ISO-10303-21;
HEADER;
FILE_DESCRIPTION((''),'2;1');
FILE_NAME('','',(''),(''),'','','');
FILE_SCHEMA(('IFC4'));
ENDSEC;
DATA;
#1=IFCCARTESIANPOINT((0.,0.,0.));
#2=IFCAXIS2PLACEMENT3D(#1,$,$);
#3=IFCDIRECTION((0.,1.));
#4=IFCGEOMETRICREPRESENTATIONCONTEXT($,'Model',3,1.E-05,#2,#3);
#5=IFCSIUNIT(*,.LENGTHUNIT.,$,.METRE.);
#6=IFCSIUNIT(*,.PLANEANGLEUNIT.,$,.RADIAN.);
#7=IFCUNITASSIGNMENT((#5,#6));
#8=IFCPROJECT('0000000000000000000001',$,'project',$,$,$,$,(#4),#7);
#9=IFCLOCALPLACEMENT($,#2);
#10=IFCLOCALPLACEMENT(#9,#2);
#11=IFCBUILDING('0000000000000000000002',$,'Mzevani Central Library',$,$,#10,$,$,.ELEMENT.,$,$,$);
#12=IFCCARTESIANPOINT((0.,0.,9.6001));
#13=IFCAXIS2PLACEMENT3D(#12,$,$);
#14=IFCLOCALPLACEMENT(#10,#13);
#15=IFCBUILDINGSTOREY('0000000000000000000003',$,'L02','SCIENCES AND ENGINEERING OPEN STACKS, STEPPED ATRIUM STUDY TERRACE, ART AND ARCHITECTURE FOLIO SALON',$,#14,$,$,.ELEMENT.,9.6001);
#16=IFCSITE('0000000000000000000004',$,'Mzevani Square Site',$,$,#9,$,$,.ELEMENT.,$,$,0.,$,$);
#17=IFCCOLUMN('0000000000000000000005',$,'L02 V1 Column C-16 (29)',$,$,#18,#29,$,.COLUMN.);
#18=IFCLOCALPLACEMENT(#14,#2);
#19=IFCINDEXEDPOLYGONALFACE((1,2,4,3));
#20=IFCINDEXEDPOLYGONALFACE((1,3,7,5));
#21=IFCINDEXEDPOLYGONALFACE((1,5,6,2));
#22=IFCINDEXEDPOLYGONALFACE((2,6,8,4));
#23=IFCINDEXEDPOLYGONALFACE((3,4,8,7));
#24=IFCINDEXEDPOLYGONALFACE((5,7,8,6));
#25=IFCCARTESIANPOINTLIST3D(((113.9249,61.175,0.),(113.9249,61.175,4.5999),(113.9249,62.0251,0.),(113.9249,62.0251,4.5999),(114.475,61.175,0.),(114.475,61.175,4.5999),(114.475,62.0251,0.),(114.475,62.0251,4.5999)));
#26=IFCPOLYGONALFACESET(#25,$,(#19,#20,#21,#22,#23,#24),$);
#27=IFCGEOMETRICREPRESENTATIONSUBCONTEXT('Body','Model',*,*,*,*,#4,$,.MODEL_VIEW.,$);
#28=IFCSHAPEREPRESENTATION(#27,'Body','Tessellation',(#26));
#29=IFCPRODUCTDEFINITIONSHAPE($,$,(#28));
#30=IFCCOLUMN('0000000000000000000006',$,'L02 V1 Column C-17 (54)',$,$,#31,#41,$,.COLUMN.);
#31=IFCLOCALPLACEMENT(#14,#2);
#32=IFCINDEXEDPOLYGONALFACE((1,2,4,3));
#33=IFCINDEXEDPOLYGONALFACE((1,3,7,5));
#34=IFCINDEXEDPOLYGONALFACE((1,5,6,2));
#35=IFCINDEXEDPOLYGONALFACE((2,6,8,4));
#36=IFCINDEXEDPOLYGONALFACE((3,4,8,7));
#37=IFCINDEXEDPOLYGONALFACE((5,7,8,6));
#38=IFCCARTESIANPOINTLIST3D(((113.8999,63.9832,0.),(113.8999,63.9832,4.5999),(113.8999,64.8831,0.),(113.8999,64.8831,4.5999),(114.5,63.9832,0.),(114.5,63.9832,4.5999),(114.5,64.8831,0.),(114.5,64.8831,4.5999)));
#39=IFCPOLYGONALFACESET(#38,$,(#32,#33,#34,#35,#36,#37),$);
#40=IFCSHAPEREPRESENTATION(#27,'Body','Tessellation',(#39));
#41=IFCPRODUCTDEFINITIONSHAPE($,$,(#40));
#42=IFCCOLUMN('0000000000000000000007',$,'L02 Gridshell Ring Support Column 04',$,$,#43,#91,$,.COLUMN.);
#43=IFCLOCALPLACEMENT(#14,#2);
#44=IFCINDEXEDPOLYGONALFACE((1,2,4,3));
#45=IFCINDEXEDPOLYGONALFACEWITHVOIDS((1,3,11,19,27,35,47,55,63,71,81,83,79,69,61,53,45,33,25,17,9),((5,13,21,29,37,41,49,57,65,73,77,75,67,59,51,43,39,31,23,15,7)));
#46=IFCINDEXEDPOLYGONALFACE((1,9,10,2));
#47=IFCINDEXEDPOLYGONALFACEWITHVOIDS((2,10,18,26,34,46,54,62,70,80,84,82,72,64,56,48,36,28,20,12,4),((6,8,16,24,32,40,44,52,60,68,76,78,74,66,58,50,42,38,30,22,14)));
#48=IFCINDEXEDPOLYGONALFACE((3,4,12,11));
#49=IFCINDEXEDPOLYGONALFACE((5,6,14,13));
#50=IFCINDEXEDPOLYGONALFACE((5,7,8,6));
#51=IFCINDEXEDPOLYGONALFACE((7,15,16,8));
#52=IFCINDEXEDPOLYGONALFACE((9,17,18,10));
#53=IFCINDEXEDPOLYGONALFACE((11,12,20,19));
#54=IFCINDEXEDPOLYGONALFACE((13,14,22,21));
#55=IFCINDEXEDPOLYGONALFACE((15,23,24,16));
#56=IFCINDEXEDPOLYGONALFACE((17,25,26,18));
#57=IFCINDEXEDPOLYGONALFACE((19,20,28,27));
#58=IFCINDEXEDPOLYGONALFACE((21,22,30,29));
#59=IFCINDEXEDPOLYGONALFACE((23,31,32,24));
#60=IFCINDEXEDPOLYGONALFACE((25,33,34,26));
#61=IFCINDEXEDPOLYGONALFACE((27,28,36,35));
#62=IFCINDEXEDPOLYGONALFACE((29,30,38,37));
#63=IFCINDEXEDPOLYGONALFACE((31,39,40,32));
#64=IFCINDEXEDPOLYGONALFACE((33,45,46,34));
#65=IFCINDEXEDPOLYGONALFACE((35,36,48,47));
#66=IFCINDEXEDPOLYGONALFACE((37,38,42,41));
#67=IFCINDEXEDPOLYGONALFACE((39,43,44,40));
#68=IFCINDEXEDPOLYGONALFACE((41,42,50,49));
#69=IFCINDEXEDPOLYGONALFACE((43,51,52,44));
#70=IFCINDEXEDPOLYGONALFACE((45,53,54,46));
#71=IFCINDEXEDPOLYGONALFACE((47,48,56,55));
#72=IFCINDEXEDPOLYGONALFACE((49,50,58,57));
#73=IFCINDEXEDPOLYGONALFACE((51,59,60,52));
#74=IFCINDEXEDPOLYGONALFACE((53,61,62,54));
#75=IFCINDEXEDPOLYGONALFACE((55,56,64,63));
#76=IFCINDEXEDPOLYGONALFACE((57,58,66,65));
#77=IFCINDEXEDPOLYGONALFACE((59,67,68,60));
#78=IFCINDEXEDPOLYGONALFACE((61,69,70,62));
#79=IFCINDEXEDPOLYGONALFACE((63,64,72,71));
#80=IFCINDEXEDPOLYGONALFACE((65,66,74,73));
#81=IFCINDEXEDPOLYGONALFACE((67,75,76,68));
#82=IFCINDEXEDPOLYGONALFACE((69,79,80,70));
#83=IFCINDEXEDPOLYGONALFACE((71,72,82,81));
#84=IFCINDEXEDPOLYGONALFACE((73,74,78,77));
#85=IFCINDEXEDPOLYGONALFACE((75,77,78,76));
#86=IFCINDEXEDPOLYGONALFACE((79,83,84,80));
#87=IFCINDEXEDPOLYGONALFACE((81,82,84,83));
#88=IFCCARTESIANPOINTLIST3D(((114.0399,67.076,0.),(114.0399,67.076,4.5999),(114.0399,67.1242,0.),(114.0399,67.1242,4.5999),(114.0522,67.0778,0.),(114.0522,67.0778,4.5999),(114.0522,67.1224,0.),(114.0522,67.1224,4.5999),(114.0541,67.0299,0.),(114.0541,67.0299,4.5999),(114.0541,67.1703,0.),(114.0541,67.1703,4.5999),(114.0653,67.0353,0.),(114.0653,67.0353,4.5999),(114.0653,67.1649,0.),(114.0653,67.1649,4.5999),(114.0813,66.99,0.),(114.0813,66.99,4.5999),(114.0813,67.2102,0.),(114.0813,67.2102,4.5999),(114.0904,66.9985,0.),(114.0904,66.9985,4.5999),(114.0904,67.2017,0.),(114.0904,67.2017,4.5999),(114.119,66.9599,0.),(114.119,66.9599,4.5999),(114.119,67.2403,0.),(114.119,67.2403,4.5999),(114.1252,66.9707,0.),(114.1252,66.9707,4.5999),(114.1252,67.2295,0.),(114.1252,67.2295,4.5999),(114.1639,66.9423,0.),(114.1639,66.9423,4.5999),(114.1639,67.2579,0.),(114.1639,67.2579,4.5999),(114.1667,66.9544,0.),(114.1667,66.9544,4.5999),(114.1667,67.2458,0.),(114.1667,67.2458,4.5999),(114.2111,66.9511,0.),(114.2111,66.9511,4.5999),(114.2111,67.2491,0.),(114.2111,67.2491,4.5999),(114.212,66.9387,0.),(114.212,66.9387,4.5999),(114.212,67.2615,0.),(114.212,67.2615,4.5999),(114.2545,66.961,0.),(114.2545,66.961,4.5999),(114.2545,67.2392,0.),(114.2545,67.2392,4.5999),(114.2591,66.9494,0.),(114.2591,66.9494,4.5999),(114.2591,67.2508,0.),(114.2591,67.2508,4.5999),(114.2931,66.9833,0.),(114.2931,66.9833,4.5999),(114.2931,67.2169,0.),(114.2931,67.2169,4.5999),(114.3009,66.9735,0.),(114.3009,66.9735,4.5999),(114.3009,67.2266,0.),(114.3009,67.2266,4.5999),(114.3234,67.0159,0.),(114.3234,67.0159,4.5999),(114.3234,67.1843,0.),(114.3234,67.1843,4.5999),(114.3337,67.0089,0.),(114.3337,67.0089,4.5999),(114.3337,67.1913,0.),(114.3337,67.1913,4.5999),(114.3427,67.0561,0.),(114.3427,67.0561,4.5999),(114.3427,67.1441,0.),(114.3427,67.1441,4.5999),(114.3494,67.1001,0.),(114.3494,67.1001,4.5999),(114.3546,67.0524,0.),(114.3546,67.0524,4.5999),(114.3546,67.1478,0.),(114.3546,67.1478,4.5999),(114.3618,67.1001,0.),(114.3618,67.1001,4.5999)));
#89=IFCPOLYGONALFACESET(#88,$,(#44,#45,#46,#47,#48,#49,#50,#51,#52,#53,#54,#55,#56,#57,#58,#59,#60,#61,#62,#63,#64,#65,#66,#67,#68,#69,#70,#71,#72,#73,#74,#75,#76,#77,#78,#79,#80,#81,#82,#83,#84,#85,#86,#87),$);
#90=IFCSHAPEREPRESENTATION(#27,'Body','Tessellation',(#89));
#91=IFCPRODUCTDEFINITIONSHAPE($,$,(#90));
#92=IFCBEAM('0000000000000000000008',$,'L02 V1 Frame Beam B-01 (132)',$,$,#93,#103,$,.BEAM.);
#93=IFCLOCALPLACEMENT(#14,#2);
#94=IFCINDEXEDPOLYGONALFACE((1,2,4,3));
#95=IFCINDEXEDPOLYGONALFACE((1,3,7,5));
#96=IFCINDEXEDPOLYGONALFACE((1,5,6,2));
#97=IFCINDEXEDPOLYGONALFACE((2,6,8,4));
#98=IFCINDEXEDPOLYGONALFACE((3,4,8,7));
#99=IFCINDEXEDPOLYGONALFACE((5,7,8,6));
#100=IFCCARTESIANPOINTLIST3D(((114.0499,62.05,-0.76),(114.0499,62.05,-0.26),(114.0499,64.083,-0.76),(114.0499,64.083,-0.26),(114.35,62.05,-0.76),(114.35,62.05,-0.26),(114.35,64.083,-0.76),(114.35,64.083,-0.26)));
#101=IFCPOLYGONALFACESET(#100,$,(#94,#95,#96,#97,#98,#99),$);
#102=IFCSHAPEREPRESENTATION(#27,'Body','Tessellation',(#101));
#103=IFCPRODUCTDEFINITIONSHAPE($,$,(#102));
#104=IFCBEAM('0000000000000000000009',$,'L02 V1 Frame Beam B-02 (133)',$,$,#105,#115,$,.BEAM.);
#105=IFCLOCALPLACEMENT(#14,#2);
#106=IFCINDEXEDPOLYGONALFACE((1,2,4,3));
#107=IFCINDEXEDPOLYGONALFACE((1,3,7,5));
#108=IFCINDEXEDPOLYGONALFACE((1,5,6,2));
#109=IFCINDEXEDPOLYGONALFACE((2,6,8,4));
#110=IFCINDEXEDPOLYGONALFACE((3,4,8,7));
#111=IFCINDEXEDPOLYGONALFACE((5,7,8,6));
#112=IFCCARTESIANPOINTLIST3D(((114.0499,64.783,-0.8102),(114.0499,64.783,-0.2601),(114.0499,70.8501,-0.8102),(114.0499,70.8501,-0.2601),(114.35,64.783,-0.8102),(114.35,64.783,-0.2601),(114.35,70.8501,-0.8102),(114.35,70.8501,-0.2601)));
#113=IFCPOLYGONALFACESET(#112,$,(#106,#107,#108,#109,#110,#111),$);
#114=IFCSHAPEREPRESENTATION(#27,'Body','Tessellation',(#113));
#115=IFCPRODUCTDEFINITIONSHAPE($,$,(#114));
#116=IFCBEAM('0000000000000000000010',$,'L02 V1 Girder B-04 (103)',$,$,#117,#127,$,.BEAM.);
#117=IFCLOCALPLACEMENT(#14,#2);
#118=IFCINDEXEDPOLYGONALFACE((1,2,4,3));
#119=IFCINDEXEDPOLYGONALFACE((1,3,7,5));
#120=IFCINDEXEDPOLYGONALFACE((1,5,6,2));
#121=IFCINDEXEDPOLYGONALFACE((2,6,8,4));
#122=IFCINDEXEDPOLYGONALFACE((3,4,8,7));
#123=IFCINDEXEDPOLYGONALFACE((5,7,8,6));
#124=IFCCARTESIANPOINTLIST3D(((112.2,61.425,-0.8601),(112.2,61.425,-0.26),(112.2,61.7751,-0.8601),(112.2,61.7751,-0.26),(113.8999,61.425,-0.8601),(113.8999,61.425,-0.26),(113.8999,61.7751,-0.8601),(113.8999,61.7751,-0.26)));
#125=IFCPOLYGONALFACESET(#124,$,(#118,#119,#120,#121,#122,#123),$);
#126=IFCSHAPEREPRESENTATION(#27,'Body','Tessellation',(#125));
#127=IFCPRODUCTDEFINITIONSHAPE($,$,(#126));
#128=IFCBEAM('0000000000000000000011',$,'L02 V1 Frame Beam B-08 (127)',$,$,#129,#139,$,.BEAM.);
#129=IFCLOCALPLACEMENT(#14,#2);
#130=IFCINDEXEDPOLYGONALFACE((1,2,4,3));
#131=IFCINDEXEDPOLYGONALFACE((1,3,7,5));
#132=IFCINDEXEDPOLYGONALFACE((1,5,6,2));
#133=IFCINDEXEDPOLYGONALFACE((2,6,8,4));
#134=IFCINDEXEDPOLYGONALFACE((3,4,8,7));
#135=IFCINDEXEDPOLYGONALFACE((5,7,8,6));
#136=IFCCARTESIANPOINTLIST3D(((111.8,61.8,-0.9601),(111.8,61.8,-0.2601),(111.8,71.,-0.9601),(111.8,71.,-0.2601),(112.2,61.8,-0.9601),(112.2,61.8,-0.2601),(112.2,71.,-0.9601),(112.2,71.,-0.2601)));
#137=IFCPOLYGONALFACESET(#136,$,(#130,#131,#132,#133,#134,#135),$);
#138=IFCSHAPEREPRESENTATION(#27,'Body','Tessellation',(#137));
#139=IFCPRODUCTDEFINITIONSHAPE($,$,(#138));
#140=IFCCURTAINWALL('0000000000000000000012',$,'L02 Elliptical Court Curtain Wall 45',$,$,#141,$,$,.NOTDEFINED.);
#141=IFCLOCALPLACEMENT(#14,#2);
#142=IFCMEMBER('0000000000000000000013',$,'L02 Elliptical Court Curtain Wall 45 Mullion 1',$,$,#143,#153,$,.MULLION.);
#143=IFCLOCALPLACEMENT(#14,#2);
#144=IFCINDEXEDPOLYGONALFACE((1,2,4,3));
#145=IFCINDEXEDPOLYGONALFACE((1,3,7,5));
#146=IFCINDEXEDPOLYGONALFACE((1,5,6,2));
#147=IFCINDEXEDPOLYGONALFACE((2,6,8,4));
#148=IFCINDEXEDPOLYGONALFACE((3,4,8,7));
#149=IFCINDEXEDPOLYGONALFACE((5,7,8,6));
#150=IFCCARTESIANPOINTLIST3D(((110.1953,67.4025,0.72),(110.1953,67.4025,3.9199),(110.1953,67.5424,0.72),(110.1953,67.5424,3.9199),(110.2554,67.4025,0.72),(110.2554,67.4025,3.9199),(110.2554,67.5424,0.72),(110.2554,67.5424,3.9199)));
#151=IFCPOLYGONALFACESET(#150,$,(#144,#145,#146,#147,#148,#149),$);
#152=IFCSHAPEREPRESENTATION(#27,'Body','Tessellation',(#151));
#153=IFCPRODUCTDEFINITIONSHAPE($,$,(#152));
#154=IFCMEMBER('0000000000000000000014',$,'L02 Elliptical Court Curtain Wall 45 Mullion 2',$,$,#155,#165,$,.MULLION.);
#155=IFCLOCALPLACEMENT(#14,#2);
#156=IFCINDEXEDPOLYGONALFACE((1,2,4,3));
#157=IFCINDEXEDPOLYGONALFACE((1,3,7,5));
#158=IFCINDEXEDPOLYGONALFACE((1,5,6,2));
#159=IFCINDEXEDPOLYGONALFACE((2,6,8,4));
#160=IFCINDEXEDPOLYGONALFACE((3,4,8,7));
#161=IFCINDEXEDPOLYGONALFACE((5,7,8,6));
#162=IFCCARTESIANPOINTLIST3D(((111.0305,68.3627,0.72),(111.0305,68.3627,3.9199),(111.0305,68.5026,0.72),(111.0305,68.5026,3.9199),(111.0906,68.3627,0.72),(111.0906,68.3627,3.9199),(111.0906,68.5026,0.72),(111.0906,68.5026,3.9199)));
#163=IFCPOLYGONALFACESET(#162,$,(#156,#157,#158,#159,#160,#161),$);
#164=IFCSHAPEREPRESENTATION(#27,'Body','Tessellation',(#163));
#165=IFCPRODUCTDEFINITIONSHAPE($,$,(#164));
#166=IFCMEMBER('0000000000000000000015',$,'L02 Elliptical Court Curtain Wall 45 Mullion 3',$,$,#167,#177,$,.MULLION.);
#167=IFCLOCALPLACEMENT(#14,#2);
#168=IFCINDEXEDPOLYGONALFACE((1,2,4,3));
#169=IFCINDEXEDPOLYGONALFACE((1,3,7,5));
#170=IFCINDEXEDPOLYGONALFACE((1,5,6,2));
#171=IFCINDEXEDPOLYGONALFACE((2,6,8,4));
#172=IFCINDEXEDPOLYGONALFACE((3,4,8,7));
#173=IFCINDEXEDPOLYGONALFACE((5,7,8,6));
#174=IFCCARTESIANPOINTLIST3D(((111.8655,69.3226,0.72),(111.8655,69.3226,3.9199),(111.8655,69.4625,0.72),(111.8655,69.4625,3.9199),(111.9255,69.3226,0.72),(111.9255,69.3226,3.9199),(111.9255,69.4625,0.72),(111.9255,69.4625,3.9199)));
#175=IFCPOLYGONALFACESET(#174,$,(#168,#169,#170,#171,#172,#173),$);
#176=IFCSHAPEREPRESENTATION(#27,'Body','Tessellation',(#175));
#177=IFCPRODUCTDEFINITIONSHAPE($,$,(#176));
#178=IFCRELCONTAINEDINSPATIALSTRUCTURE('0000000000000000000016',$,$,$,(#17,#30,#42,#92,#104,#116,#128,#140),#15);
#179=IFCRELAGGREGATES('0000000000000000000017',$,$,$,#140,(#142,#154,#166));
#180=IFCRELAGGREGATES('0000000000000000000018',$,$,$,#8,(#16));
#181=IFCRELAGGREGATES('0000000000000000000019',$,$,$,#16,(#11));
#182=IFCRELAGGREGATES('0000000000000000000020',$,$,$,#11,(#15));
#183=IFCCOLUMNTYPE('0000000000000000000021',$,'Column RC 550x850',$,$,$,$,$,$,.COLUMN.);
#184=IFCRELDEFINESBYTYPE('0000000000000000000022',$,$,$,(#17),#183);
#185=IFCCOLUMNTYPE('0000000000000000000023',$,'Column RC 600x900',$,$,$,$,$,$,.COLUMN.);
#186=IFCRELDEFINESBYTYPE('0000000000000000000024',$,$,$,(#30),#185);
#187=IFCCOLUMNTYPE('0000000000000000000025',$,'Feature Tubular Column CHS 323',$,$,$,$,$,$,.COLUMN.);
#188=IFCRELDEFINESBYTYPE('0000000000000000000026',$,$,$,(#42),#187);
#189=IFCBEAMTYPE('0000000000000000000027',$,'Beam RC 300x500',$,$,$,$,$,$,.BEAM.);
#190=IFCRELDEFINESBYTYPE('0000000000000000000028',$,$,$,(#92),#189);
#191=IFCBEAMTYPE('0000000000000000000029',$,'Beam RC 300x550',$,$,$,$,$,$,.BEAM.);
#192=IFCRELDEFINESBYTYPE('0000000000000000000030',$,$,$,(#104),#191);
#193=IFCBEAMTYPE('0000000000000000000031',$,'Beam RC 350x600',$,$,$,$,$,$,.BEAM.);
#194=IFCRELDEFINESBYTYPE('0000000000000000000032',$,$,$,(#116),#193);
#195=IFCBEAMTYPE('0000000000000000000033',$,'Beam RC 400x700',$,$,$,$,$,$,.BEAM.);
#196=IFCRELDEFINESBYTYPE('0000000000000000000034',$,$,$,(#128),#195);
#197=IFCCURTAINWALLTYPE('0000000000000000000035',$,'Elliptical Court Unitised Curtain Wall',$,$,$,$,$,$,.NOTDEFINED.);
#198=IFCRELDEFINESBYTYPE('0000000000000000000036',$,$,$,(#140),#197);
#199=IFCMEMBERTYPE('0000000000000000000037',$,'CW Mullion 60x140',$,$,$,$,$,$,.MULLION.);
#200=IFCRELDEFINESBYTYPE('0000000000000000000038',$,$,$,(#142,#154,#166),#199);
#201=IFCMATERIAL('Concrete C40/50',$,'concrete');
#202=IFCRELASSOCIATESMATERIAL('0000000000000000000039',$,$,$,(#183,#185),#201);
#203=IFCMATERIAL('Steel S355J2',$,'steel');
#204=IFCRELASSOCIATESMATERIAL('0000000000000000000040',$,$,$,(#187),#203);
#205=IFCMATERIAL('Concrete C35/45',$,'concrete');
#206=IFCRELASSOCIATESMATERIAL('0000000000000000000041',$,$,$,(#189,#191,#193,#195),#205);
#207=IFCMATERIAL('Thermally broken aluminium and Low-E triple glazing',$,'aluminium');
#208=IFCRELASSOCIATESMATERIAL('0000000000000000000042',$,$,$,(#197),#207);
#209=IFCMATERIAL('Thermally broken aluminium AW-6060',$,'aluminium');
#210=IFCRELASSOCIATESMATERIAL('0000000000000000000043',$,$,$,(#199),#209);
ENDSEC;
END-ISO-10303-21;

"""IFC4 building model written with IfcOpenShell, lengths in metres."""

from ifc_helpers import new_model, si_unit, direction, frame, origin, origin_2d, place, context, subcontext, project, spatial, rectangle, hollow_circle, extrude, material, material_profile, profile_set, type_object, element, aggregate, save


model = new_model("IFC4")

# Units and contexts
model_context = context("Model", 3, precision=1e-05, world=origin(), true_north=direction((0.0, 1.0)))
body_context = subcontext(model_context, "Body", "Model", "MODEL_VIEW")
ifc_project = project(units=[si_unit("LENGTHUNIT", "METRE"), si_unit("PLANEANGLEUNIT", "RADIAN")], contexts=[model_context])

# Site, building, storey
site_placement = place(None, origin())
site = spatial("IfcSite", under=ifc_project, at=site_placement, Name="Mzevani Square Site", CompositionType="ELEMENT", RefElevation=0.0)
building_placement = place(site_placement, origin())
building = spatial("IfcBuilding", under=site, at=building_placement, Name="Mzevani Central Library", CompositionType="ELEMENT")
storey_placement = place(building_placement, frame((0.0, 0.0, 9.6001)))
storey = spatial("IfcBuildingStorey", under=building, at=storey_placement, Name="L02", Description="SCIENCES AND ENGINEERING OPEN STACKS, STEPPED ATRIUM STUDY TERRACE, ART AND ARCHITECTURE FOLIO SALON", CompositionType="ELEMENT", Elevation=9.6001)

# Columns
ifc_material_1 = material(Name="Concrete C40/50", Category="concrete")
ifc_material_profile_1 = material_profile(ifc_material_1, rectangle(XDim=0.55, YDim=0.8501, at=origin_2d()), Name="RC 550x850")
ifc_profile_set_1 = profile_set([ifc_material_profile_1], Name="Concrete C40/50")
column_type_1 = type_object("IfcColumnType", Name="Column RC 550x850", PredefinedType="COLUMN", material=ifc_profile_set_1)
column_1_placement = place(storey_placement, frame((114.2, 61.6001, 0.0), z_axis=(0.0, 0.0, 1.0), x_axis=(1.0, 0.0, 0.0)))
element("IfcColumn", 1, at=column_1_placement, inside=storey, type_object=column_type_1, Name="L02 V1 Column C-16 (29)", PredefinedType="COLUMN", context=body_context, shape_type="SweptSolid", body=[
    extrude(rectangle(XDim=0.55, YDim=0.8501, at=origin_2d()), origin(), (0.0, 0.0, 1.0), 4.5999),
])
ifc_material_profile_2 = material_profile(ifc_material_1, rectangle(XDim=0.6001, YDim=0.8999, at=origin_2d()), Name="RC 600x900")
ifc_profile_set_2 = profile_set([ifc_material_profile_2], Name="Concrete C40/50")
column_type_2 = type_object("IfcColumnType", Name="Column RC 600x900", PredefinedType="COLUMN", material=ifc_profile_set_2)
column_2_placement = place(storey_placement, frame((114.2, 64.4331, 0.0), z_axis=(0.0, 0.0, 1.0), x_axis=(1.0, 0.0, 0.0)))
element("IfcColumn", 2, at=column_2_placement, inside=storey, type_object=column_type_2, Name="L02 V1 Column C-17 (54)", PredefinedType="COLUMN", context=body_context, shape_type="SweptSolid", body=[
    extrude(rectangle(XDim=0.6001, YDim=0.8999, at=origin_2d()), origin(), (0.0, 0.0, 1.0), 4.5999),
])
ifc_material_2 = material(Name="Steel S355J2", Category="steel")
ifc_material_profile_3 = material_profile(ifc_material_2, hollow_circle(Radius=0.1619, WallThickness=0.0125, at=origin_2d()), Name="CHS 323.9x12.5")
ifc_profile_set_3 = profile_set([ifc_material_profile_3], Name="Steel S355J2")
column_type_3 = type_object("IfcColumnType", Name="Feature Tubular Column CHS 323", PredefinedType="COLUMN", material=ifc_profile_set_3)
column_3_placement = place(storey_placement, frame((114.2, 67.1001, 0.0), z_axis=(0.0, 0.0, 1.0), x_axis=(1.0, 0.0, 0.0)))
element("IfcColumn", 3, at=column_3_placement, inside=storey, type_object=column_type_3, Name="L02 Gridshell Ring Support Column 04", PredefinedType="COLUMN", context=body_context, shape_type="SweptSolid", body=[
    extrude(hollow_circle(Radius=0.1619, WallThickness=0.0125, at=origin_2d()), origin(), (0.0, 0.0, 1.0), 4.5999),
])

# Beams
ifc_material_3 = material(Name="Concrete C35/45", Category="concrete")
ifc_material_profile_4 = material_profile(ifc_material_3, rectangle(XDim=0.3, YDim=0.5, at=origin_2d()), Name="RC B300x500")
ifc_profile_set_4 = profile_set([ifc_material_profile_4], Name="Concrete C35/45")
beam_type_1 = type_object("IfcBeamType", Name="Beam RC 300x500", PredefinedType="BEAM", material=ifc_profile_set_4)
beam_1_placement = place(storey_placement, frame((114.2, 62.05, -0.51), z_axis=(0.0, 1.0, 0.0), x_axis=(-1.0, 0.0, 0.0)))
element("IfcBeam", 4, at=beam_1_placement, inside=storey, type_object=beam_type_1, Name="L02 V1 Frame Beam B-01 (132)", PredefinedType="BEAM", context=body_context, shape_type="SweptSolid", body=[
    extrude(rectangle(XDim=0.3, YDim=0.5, at=origin_2d()), origin(), (0.0, 0.0, 1.0), 2.033),
])
ifc_material_profile_5 = material_profile(ifc_material_3, rectangle(XDim=0.3, YDim=0.55, at=origin_2d()), Name="RC B300x550")
ifc_profile_set_5 = profile_set([ifc_material_profile_5], Name="Concrete C35/45")
beam_type_2 = type_object("IfcBeamType", Name="Beam RC 300x550", PredefinedType="BEAM", material=ifc_profile_set_5)
beam_2_placement = place(storey_placement, frame((114.2, 64.783, -0.5352), z_axis=(0.0, 1.0, 0.0), x_axis=(-1.0, 0.0, 0.0)))
element("IfcBeam", 5, at=beam_2_placement, inside=storey, type_object=beam_type_2, Name="L02 V1 Frame Beam B-02 (133)", PredefinedType="BEAM", context=body_context, shape_type="SweptSolid", body=[
    extrude(rectangle(XDim=0.3, YDim=0.55, at=origin_2d()), origin(), (0.0, 0.0, 1.0), 6.0671),
])
ifc_material_profile_6 = material_profile(ifc_material_3, rectangle(XDim=0.3501, YDim=0.6001, at=origin_2d()), Name="RC B350x600")
ifc_profile_set_6 = profile_set([ifc_material_profile_6], Name="Concrete C35/45")
beam_type_3 = type_object("IfcBeamType", Name="Beam RC 350x600", PredefinedType="BEAM", material=ifc_profile_set_6)
beam_3_placement = place(storey_placement, frame((112.2, 61.6001, -0.5601), z_axis=(1.0, 0.0, 0.0), x_axis=(0.0, 1.0, 0.0)))
element("IfcBeam", 6, at=beam_3_placement, inside=storey, type_object=beam_type_3, Name="L02 V1 Girder B-04 (103)", PredefinedType="BEAM", context=body_context, shape_type="SweptSolid", body=[
    extrude(rectangle(XDim=0.3501, YDim=0.6001, at=origin_2d()), origin(), (0.0, 0.0, 1.0), 1.7),
])
ifc_material_profile_7 = material_profile(ifc_material_3, rectangle(XDim=0.3999, YDim=0.7, at=origin_2d()), Name="RC B400x700")
ifc_profile_set_7 = profile_set([ifc_material_profile_7], Name="Concrete C35/45")
beam_type_4 = type_object("IfcBeamType", Name="Beam RC 400x700", PredefinedType="BEAM", material=ifc_profile_set_7)
beam_4_placement = place(storey_placement, frame((112.0, 61.8, -0.6101), z_axis=(0.0, 1.0, 0.0), x_axis=(-1.0, 0.0, 0.0)))
element("IfcBeam", 7, at=beam_4_placement, inside=storey, type_object=beam_type_4, Name="L02 V1 Frame Beam B-08 (127)", PredefinedType="BEAM", context=body_context, shape_type="SweptSolid", body=[
    extrude(rectangle(XDim=0.3999, YDim=0.7, at=origin_2d()), origin(), (0.0, 0.0, 1.0), 9.2),
])

# Curtain wall, members
ifc_material_4 = material(Name="Thermally broken aluminium and Low-E triple glazing", Category="aluminium")
curtain_wall_type_1 = type_object("IfcCurtainWallType", Name="Elliptical Court Unitised Curtain Wall", PredefinedType="NOTDEFINED", material=ifc_material_4)
curtain_wall_1_placement = place(storey_placement, origin())
curtain_wall_1 = element("IfcCurtainWall", 8, at=curtain_wall_1_placement, inside=storey, type_object=curtain_wall_type_1, Name="L02 Elliptical Court Curtain Wall 45", PredefinedType="NOTDEFINED")
ifc_material_5 = material(Name="Thermally broken aluminium AW-6060", Category="aluminium")
ifc_material_profile_8 = material_profile(ifc_material_5, rectangle(XDim=0.0601, YDim=0.1399, at=origin_2d()), Name="ALU M60x140")
ifc_profile_set_8 = profile_set([ifc_material_profile_8], Name="Thermally broken aluminium AW-6060")
member_type_1 = type_object("IfcMemberType", Name="CW Mullion 60x140", PredefinedType="MULLION", material=ifc_profile_set_8)
member_1_placement = place(storey_placement, frame((110.2253, 67.4724, 0.72), z_axis=(0.0, 0.0, 1.0), x_axis=(1.0, 0.0, 0.0)))
member_1 = element("IfcMember", 9, at=member_1_placement, type_object=member_type_1, Name="L02 Elliptical Court Curtain Wall 45 Mullion 1", PredefinedType="MULLION", context=body_context, shape_type="SweptSolid", body=[
    extrude(rectangle(XDim=0.0601, YDim=0.1399, at=origin_2d()), origin(), (0.0, 0.0, 1.0), 3.2),
])
member_2_placement = place(storey_placement, frame((111.0605, 68.4326, 0.72), z_axis=(0.0, 0.0, 1.0), x_axis=(1.0, 0.0, 0.0)))
member_2 = element("IfcMember", 10, at=member_2_placement, type_object=member_type_1, Name="L02 Elliptical Court Curtain Wall 45 Mullion 2", PredefinedType="MULLION", context=body_context, shape_type="SweptSolid", body=[
    extrude(rectangle(XDim=0.0601, YDim=0.1399, at=origin_2d()), origin(), (0.0, 0.0, 1.0), 3.2),
])
member_3_placement = place(storey_placement, frame((111.8955, 69.3926, 0.72), z_axis=(0.0, 0.0, 1.0), x_axis=(1.0, 0.0, 0.0)))
member_3 = element("IfcMember", 11, at=member_3_placement, type_object=member_type_1, Name="L02 Elliptical Court Curtain Wall 45 Mullion 3", PredefinedType="MULLION", context=body_context, shape_type="SweptSolid", body=[
    extrude(rectangle(XDim=0.0601, YDim=0.1399, at=origin_2d()), origin(), (0.0, 0.0, 1.0), 3.2),
])

aggregate(curtain_wall_1, [member_1, member_2, member_3])

save(model, "model.ifc")
